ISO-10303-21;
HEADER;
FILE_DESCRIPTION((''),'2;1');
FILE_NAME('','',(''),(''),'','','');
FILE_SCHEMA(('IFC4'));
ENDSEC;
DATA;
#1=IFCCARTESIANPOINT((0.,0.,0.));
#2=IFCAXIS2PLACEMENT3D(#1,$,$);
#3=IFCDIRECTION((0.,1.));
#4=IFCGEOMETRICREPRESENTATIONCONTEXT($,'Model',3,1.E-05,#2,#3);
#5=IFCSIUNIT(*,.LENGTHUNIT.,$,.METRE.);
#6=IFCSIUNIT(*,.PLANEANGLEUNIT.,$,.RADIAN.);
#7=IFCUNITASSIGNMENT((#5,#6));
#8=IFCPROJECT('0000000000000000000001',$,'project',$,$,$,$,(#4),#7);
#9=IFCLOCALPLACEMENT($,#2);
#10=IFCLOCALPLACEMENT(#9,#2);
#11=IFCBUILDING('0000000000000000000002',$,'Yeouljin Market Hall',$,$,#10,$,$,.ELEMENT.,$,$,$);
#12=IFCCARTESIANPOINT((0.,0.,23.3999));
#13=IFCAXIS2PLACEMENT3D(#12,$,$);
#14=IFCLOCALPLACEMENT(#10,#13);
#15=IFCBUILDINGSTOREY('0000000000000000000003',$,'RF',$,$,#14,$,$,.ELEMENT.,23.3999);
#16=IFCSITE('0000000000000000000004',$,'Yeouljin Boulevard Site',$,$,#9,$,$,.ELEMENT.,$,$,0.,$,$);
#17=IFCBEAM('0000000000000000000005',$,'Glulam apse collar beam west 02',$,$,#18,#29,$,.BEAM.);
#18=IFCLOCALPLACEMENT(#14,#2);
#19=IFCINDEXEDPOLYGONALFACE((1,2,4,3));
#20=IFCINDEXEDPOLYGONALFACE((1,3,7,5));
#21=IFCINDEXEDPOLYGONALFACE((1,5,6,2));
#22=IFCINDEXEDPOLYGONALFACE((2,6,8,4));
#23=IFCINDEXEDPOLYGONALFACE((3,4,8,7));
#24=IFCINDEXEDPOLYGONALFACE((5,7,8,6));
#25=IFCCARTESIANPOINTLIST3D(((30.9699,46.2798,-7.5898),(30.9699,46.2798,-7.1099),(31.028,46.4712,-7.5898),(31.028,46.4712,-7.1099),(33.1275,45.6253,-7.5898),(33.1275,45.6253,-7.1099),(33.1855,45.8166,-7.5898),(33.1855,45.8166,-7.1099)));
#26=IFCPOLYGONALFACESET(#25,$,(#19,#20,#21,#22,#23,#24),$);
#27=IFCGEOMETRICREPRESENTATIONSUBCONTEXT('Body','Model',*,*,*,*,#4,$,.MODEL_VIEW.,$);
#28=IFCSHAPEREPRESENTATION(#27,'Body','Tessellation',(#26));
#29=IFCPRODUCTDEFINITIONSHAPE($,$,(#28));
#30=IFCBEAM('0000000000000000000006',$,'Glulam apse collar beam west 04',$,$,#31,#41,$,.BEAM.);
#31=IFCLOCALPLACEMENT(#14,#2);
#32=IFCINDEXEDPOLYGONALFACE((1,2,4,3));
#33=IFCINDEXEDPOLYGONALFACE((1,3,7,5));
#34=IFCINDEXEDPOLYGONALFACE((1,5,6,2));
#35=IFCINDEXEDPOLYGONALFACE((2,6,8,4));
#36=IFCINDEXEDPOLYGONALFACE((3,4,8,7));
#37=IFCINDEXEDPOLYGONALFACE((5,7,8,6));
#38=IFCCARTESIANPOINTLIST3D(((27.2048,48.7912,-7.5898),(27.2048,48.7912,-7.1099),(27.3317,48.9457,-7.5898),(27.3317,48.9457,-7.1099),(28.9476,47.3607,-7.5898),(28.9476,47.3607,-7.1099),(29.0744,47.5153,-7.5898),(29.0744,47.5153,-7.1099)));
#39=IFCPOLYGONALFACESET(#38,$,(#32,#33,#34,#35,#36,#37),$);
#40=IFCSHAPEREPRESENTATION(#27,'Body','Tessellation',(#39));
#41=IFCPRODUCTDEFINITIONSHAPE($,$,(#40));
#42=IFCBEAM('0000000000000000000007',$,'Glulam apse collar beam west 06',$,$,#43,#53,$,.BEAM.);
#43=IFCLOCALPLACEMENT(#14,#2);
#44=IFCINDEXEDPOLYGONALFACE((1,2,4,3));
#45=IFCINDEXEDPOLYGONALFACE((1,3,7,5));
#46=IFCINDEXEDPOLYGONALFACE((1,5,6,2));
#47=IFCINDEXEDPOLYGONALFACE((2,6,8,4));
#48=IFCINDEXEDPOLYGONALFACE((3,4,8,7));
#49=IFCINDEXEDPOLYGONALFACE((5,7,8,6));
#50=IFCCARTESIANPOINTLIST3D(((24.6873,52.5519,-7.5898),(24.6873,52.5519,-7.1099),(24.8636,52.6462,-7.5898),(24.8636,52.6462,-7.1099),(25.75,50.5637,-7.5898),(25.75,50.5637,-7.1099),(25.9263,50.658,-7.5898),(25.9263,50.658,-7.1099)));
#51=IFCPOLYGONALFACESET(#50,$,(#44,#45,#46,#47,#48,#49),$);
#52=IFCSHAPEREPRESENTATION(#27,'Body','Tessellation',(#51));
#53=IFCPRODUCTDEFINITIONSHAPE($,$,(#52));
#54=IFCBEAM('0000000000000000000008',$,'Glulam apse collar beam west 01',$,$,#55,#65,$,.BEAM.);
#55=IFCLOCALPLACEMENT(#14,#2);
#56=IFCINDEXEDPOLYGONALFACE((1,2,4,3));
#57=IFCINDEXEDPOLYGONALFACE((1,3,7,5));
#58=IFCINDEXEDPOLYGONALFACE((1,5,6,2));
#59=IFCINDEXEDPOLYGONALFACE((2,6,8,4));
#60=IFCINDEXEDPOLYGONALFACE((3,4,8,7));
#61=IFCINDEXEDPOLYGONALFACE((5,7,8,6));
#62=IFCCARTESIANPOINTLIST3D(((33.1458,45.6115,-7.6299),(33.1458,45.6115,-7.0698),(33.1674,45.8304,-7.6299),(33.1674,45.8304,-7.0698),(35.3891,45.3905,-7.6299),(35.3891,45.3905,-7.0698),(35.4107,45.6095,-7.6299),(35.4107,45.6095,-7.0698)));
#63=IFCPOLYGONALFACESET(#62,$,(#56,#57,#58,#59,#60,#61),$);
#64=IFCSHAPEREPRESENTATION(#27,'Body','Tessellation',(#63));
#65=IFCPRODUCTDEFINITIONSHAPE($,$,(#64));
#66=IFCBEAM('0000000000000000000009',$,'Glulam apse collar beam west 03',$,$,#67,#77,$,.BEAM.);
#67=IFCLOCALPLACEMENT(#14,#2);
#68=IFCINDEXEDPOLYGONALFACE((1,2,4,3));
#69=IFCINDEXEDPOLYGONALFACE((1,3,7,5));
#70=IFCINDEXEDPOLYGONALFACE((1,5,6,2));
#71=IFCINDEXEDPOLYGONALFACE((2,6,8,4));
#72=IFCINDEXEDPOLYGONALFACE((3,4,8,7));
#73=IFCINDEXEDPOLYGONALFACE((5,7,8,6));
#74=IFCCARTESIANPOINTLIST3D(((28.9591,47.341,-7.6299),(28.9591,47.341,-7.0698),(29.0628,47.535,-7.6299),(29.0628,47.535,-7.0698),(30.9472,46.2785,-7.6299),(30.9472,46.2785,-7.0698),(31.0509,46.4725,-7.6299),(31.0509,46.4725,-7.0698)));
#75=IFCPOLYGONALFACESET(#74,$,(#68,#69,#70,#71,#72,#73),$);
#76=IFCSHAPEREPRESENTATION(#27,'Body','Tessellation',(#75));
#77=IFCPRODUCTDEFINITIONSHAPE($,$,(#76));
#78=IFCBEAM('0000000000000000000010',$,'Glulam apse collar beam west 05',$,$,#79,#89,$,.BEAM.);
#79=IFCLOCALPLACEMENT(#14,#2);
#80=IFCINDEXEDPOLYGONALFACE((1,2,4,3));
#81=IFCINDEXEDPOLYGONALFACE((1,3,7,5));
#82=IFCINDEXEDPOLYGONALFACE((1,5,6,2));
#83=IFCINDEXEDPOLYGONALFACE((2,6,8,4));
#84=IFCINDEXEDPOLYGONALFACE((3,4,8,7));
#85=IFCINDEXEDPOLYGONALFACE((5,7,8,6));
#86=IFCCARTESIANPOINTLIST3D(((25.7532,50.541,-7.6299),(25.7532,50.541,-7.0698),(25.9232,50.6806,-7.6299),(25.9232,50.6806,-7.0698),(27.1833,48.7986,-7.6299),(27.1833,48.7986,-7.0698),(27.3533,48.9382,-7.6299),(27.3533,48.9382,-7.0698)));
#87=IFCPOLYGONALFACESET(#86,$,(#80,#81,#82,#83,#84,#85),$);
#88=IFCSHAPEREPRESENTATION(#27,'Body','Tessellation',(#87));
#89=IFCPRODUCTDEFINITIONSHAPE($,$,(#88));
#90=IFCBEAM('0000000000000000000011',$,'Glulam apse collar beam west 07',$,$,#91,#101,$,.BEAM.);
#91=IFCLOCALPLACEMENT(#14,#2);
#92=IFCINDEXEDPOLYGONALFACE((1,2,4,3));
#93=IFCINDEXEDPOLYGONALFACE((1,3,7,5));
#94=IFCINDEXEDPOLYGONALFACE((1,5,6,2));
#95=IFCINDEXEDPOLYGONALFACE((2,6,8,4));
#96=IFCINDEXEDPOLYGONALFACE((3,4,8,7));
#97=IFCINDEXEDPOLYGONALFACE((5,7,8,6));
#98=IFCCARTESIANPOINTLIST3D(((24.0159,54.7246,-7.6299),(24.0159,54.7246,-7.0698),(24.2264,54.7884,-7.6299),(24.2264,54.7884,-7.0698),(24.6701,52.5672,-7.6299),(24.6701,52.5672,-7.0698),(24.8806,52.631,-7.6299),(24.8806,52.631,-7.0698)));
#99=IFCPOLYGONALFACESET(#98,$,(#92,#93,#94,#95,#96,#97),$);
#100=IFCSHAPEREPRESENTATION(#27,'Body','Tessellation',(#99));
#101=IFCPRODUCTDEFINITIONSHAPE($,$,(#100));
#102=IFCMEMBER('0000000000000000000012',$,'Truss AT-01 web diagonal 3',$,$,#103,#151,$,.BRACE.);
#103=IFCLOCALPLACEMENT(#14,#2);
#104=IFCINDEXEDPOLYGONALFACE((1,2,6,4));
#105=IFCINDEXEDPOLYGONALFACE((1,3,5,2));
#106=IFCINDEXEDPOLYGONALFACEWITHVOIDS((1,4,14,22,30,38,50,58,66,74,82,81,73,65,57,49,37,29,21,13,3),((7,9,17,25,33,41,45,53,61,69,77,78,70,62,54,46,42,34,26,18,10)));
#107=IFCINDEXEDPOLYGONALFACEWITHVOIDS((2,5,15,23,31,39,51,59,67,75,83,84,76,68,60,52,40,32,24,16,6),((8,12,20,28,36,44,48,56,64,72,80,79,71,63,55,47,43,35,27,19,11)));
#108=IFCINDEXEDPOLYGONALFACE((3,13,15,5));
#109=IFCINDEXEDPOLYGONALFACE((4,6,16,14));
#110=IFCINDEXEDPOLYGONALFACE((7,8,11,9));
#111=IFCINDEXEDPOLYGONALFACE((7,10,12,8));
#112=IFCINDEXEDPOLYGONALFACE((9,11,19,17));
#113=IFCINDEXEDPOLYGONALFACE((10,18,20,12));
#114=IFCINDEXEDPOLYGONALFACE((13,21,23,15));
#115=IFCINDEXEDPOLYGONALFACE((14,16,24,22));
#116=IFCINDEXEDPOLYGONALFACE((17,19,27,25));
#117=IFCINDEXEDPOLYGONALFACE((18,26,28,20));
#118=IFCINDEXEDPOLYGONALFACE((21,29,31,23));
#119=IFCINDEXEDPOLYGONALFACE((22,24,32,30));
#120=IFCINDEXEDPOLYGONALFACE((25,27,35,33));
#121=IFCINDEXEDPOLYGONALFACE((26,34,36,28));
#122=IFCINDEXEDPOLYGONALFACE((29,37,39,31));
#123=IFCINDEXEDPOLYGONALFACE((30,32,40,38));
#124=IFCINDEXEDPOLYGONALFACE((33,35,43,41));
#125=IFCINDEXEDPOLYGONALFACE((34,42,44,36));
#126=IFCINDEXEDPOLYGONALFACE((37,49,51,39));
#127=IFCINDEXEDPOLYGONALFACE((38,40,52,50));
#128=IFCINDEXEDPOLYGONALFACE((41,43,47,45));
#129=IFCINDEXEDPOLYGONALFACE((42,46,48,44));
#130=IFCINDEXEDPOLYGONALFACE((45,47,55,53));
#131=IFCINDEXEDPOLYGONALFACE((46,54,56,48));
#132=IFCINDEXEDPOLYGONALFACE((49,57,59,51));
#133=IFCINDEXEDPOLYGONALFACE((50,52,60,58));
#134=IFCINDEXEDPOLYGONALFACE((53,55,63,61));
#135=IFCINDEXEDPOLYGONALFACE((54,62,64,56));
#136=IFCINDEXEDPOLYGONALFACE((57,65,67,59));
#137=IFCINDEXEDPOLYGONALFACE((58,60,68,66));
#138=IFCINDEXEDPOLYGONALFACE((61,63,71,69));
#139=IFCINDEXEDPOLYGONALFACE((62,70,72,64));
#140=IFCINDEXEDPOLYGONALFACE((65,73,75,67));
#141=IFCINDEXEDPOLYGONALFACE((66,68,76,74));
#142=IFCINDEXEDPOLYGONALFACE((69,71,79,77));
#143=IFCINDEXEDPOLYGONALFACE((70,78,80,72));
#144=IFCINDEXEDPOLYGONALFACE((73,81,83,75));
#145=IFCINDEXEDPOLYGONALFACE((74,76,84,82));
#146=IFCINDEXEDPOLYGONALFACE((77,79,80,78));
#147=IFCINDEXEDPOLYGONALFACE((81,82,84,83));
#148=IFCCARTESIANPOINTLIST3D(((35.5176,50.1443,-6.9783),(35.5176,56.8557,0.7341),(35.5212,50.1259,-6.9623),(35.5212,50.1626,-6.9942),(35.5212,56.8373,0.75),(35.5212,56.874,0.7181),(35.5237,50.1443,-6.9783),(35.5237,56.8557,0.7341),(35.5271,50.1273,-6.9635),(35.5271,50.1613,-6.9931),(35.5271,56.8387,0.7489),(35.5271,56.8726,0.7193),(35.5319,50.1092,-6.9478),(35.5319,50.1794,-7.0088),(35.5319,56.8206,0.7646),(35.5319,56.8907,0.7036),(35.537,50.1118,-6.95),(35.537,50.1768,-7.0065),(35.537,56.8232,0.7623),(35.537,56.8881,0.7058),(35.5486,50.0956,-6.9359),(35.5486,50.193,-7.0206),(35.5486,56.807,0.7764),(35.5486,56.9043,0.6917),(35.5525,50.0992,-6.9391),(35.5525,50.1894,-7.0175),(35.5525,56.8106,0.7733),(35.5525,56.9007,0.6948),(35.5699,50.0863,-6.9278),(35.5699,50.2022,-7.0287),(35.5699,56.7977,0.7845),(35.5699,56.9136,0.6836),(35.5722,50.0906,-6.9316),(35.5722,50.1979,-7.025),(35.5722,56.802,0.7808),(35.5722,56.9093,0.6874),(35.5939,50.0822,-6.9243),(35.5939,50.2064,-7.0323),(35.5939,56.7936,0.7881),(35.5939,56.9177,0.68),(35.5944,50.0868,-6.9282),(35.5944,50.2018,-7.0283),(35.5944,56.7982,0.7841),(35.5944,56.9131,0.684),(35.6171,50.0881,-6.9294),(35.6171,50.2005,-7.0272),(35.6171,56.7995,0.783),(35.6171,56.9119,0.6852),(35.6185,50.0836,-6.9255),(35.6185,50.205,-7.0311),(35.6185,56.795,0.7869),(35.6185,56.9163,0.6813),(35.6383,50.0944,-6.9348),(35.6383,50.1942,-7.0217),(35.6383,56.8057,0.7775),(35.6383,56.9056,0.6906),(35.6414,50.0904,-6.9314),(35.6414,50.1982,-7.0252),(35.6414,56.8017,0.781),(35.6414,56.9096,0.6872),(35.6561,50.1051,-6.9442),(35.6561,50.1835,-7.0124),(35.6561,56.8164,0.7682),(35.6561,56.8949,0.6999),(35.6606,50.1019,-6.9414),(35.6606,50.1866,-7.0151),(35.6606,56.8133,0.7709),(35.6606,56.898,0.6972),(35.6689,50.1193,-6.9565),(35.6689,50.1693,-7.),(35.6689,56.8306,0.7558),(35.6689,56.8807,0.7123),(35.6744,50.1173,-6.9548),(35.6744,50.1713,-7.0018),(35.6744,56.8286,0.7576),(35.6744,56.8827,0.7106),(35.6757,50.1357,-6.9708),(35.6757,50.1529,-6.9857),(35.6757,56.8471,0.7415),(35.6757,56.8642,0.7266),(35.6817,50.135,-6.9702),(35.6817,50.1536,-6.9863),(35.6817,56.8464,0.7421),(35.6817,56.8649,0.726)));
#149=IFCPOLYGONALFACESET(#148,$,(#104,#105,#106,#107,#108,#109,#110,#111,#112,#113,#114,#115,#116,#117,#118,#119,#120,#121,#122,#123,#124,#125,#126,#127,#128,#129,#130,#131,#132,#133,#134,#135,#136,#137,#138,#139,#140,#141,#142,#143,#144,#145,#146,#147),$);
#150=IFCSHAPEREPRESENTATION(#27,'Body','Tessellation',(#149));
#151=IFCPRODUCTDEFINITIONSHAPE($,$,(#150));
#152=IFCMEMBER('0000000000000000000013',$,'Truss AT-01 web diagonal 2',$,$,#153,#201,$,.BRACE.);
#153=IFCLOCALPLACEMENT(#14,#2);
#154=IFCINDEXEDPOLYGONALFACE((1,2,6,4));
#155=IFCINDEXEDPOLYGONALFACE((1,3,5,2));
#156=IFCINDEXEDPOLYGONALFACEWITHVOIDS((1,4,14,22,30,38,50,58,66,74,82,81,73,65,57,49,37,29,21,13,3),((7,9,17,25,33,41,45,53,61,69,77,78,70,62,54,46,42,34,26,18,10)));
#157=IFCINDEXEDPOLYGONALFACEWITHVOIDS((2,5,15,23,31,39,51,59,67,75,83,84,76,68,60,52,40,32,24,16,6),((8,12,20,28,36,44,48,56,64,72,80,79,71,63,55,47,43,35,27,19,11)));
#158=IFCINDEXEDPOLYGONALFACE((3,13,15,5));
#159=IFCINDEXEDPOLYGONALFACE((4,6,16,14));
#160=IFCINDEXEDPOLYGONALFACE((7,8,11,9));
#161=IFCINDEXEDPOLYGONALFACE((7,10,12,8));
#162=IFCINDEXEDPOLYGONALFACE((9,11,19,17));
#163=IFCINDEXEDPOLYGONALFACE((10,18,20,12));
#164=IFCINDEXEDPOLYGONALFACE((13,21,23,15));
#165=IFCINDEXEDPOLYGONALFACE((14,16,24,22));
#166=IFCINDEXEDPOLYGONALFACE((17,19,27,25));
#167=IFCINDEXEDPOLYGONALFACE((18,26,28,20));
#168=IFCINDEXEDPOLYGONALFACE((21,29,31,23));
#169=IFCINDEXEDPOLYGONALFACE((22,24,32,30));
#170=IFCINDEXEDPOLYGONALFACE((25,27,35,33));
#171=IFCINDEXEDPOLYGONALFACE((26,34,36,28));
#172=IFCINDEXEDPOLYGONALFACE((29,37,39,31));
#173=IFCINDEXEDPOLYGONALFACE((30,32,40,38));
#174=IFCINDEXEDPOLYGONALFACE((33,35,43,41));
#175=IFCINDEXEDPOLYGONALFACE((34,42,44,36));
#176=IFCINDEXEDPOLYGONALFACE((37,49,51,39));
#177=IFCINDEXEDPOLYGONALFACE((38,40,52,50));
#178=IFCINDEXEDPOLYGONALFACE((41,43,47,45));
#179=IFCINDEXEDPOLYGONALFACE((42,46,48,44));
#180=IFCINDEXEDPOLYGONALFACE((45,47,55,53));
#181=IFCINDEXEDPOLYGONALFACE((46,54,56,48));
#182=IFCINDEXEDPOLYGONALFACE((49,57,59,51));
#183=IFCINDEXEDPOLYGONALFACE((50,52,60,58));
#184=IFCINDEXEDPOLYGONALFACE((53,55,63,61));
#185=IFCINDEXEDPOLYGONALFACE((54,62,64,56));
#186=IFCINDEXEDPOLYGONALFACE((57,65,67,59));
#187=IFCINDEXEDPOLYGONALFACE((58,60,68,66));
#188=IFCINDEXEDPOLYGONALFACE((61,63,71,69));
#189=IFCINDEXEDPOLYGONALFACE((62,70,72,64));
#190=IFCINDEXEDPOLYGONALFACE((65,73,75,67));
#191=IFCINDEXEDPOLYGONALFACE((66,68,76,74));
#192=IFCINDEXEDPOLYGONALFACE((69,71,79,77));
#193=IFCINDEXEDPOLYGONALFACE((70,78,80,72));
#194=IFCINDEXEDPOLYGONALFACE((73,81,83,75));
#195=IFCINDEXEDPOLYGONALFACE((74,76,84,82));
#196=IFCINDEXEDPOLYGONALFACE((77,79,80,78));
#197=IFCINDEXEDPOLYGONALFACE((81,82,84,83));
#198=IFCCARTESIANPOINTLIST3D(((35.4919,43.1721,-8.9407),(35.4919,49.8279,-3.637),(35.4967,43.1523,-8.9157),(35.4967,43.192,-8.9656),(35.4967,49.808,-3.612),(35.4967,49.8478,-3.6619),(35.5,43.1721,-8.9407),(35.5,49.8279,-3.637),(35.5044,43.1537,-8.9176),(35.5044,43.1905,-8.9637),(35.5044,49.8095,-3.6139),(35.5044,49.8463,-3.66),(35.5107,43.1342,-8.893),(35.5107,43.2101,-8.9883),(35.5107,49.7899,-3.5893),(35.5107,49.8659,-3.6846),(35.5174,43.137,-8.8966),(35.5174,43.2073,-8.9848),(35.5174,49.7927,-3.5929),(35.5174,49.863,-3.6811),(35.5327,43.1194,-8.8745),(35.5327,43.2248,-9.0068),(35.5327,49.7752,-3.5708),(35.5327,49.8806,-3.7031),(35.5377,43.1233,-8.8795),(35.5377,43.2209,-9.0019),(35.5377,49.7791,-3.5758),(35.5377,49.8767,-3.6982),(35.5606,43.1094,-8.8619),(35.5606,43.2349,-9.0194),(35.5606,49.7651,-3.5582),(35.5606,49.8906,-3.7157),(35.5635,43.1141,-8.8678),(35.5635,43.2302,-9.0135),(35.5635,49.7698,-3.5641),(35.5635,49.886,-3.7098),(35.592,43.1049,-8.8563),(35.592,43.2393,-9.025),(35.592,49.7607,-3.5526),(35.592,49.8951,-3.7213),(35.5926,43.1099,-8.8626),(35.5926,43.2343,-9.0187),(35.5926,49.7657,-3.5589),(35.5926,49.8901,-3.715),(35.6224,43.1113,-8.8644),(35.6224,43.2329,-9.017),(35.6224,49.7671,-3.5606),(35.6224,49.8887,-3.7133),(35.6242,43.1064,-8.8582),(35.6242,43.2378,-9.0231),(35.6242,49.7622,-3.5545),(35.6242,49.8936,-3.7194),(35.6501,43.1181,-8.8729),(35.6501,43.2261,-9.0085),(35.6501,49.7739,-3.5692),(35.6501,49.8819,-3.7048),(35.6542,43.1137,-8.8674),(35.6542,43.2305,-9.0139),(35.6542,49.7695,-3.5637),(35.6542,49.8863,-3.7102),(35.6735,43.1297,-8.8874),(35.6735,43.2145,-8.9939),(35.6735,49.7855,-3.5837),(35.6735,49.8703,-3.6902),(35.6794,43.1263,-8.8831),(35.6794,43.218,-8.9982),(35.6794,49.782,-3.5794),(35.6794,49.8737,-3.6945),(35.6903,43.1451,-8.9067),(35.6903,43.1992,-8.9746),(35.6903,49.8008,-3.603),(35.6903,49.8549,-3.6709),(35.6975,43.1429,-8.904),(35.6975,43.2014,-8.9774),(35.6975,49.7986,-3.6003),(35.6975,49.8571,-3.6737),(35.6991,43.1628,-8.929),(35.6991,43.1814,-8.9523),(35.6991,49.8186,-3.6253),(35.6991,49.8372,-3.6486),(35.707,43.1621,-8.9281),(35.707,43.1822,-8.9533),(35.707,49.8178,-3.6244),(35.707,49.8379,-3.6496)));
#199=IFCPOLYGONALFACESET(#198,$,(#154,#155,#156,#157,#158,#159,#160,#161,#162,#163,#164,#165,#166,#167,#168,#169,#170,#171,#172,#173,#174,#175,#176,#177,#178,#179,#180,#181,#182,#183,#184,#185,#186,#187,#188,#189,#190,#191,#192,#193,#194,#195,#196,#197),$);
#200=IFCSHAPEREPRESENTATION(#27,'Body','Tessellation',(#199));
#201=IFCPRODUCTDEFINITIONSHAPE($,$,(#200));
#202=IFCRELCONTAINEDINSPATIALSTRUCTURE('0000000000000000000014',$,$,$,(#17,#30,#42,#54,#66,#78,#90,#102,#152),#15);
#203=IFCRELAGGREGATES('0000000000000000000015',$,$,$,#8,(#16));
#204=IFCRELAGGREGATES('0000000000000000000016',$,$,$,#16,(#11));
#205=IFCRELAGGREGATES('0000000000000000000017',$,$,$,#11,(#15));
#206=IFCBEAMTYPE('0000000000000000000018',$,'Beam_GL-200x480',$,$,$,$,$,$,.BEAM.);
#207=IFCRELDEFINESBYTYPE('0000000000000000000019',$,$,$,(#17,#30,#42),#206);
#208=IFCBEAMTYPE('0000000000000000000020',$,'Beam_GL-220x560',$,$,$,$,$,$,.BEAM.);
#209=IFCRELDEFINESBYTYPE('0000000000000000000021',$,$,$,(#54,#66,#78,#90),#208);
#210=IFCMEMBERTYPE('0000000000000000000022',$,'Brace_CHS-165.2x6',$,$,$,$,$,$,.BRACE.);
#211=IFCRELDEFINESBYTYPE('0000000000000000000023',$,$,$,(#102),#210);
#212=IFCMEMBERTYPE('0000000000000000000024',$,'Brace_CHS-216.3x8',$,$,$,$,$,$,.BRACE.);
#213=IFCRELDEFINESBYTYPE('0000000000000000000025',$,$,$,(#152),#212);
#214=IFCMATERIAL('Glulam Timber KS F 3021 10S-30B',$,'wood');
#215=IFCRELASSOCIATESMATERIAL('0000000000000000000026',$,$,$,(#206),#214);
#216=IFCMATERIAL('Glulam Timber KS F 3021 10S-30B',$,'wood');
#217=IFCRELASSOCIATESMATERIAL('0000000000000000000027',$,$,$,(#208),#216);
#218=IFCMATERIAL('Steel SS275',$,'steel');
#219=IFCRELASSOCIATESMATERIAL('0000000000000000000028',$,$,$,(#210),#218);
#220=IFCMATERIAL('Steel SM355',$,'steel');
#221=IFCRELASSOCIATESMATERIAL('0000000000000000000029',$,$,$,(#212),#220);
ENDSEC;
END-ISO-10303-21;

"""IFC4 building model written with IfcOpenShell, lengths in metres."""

from ifc_helpers import new_model, si_unit, direction, frame, origin, origin_2d, place, context, subcontext, project, spatial, rectangle, hollow_circle, extrude, material, material_profile, profile_set, type_object, element, save


model = new_model("IFC4")

# Units and contexts
model_context = context("Model", 3, precision=1e-05, world=origin(), true_north=direction((0.0, 1.0)))
body_context = subcontext(model_context, "Body", "Model", "MODEL_VIEW")
ifc_project = project(units=[si_unit("LENGTHUNIT", "METRE"), si_unit("PLANEANGLEUNIT", "RADIAN")], contexts=[model_context])

# Site, building, storey
site_placement = place(None, origin())
site = spatial("IfcSite", under=ifc_project, at=site_placement, Name="Yeouljin Boulevard Site", CompositionType="ELEMENT", RefElevation=0.0)
building_placement = place(site_placement, origin())
building = spatial("IfcBuilding", under=site, at=building_placement, Name="Yeouljin Market Hall", CompositionType="ELEMENT")
storey_placement = place(building_placement, frame((0.0, 0.0, 23.3999)))
storey = spatial("IfcBuildingStorey", under=building, at=storey_placement, Name="RF", CompositionType="ELEMENT", Elevation=23.3999)

# Beams
ifc_material_1 = material(Name="Glulam Timber KS F 3021 10S-30B", Category="wood")
ifc_material_profile_1 = material_profile(ifc_material_1, rectangle(XDim=0.2, YDim=0.48, at=origin_2d()), Name="GL-200x480")
ifc_profile_set_1 = profile_set([ifc_material_profile_1], Name="Glulam Timber KS F 3021 10S-30B")
beam_type_1 = type_object("IfcBeamType", Name="Beam_GL-200x480", PredefinedType="BEAM", material=ifc_profile_set_1)
for number, where, z_axis, x_axis, name in (
    (1, (33.1565, 45.7209, -7.3499), (-0.956931, 0.290317, 0.0), (-0.290317, -0.956931, 0.0), "Glulam apse collar beam west 02"),
    (2, (29.011, 47.438, -7.3499), (-0.772958, 0.634458, 0.0), (-0.634458, -0.772958, 0.0), "Glulam apse collar beam west 04"),
):
    element("IfcBeam", number, at=place(storey_placement, frame(where, z_axis=z_axis, x_axis=x_axis)), inside=storey, type_object=beam_type_1, Name=name, PredefinedType="BEAM", context=body_context, shape_type="SweptSolid", body=[
        extrude(rectangle(XDim=0.2, YDim=0.48, at=origin_2d()), origin(), (0.0, 0.0, 1.0), 2.2546),
    ])
beam_1_placement = place(storey_placement, frame((25.8381, 50.6108, -7.3499), z_axis=(-0.471392, 0.881924, 0.0), x_axis=(-0.881924, -0.471392, 0.0)))
element("IfcBeam", 3, at=beam_1_placement, inside=storey, type_object=beam_type_1, Name="Glulam apse collar beam west 06", PredefinedType="BEAM", context=body_context, shape_type="SweptSolid", body=[
    extrude(rectangle(XDim=0.2, YDim=0.48, at=origin_2d()), origin(), (0.0, 0.0, 1.0), 2.2544),
])
ifc_material_2 = material(Name="Glulam Timber KS F 3021 10S-30B", Category="wood")
ifc_material_profile_2 = material_profile(ifc_material_2, rectangle(XDim=0.22, YDim=0.5601, at=origin_2d()), Name="GL-220x560")
ifc_profile_set_2 = profile_set([ifc_material_profile_2], Name="Glulam Timber KS F 3021 10S-30B")
beam_type_2 = type_object("IfcBeamType", Name="Beam_GL-220x560", PredefinedType="BEAM", material=ifc_profile_set_2)
for number, where, z_axis, x_axis, name in (
    (4, (35.3999, 45.5, -7.3499), (-0.995185, 0.098013, 0.0), (-0.098013, -0.995185, 0.0), "Glulam apse collar beam west 01"),
    (5, (30.999, 46.3755, -7.3499), (-0.881945, 0.471353, 0.0), (-0.471353, -0.881945, 0.0), "Glulam apse collar beam west 03"),
    (6, (27.2683, 48.8684, -7.3499), (-0.634446, 0.772967, 0.0), (-0.772967, -0.634446, 0.0), "Glulam apse collar beam west 05"),
):
    element("IfcBeam", number, at=place(storey_placement, frame(where, z_axis=z_axis, x_axis=x_axis)), inside=storey, type_object=beam_type_2, Name=name, PredefinedType="BEAM", context=body_context, shape_type="SweptSolid", body=[
        extrude(rectangle(XDim=0.22, YDim=0.5601, at=origin_2d()), origin(), (0.0, 0.0, 1.0), 2.2542),
    ])
beam_2_placement = place(storey_placement, frame((24.7754, 52.5991, -7.3499), z_axis=(-0.290218, 0.956961, 0.0), x_axis=(-0.956961, -0.290218, 0.0)))
element("IfcBeam", 7, at=beam_2_placement, inside=storey, type_object=beam_type_2, Name="Glulam apse collar beam west 07", PredefinedType="BEAM", context=body_context, shape_type="SweptSolid", body=[
    extrude(rectangle(XDim=0.22, YDim=0.5601, at=origin_2d()), origin(), (0.0, 0.0, 1.0), 2.2544),
])

# Members
ifc_material_3 = material(Name="Steel SS275", Category="steel")
ifc_material_profile_3 = material_profile(ifc_material_3, hollow_circle(Radius=0.0825, WallThickness=0.0061, at=origin_2d()), Name="CHS-165.2x6")
ifc_profile_set_3 = profile_set([ifc_material_profile_3], Name="Steel SS275")
member_type_1 = type_object("IfcMemberType", Name="Brace_CHS-165.2x6", PredefinedType="BRACE", material=ifc_profile_set_3)
member_1_placement = place(storey_placement, frame((35.6001, 50.1443, -6.9783), z_axis=(0.0, 0.656457, 0.754364), x_axis=(-1.0, 0.0, 0.0)))
element("IfcMember", 8, at=member_1_placement, inside=storey, type_object=member_type_1, Name="Truss AT-01 web diagonal 3", PredefinedType="BRACE", context=body_context, shape_type="SweptSolid", body=[
    extrude(hollow_circle(Radius=0.0825, WallThickness=0.0061, at=origin_2d()), origin(), (0.0, 0.0, 1.0), 10.2236),
])
ifc_material_4 = material(Name="Steel SM355", Category="steel")
ifc_material_profile_4 = material_profile(ifc_material_4, hollow_circle(Radius=0.1082, WallThickness=0.0081, at=origin_2d()), Name="CHS-216.3x8")
ifc_profile_set_4 = profile_set([ifc_material_profile_4], Name="Steel SM355")
member_type_2 = type_object("IfcMemberType", Name="Brace_CHS-216.3x8", PredefinedType="BRACE", material=ifc_profile_set_4)
member_2_placement = place(storey_placement, frame((35.6001, 43.1721, -8.9407), z_axis=(0.0, 0.782065, 0.623197), x_axis=(-1.0, 0.0, 0.0)))
element("IfcMember", 9, at=member_2_placement, inside=storey, type_object=member_type_2, Name="Truss AT-01 web diagonal 2", PredefinedType="BRACE", context=body_context, shape_type="SweptSolid", body=[
    extrude(hollow_circle(Radius=0.1082, WallThickness=0.0081, at=origin_2d()), origin(), (0.0, 0.0, 1.0), 8.5105),
])

save(model, "model.ifc")
